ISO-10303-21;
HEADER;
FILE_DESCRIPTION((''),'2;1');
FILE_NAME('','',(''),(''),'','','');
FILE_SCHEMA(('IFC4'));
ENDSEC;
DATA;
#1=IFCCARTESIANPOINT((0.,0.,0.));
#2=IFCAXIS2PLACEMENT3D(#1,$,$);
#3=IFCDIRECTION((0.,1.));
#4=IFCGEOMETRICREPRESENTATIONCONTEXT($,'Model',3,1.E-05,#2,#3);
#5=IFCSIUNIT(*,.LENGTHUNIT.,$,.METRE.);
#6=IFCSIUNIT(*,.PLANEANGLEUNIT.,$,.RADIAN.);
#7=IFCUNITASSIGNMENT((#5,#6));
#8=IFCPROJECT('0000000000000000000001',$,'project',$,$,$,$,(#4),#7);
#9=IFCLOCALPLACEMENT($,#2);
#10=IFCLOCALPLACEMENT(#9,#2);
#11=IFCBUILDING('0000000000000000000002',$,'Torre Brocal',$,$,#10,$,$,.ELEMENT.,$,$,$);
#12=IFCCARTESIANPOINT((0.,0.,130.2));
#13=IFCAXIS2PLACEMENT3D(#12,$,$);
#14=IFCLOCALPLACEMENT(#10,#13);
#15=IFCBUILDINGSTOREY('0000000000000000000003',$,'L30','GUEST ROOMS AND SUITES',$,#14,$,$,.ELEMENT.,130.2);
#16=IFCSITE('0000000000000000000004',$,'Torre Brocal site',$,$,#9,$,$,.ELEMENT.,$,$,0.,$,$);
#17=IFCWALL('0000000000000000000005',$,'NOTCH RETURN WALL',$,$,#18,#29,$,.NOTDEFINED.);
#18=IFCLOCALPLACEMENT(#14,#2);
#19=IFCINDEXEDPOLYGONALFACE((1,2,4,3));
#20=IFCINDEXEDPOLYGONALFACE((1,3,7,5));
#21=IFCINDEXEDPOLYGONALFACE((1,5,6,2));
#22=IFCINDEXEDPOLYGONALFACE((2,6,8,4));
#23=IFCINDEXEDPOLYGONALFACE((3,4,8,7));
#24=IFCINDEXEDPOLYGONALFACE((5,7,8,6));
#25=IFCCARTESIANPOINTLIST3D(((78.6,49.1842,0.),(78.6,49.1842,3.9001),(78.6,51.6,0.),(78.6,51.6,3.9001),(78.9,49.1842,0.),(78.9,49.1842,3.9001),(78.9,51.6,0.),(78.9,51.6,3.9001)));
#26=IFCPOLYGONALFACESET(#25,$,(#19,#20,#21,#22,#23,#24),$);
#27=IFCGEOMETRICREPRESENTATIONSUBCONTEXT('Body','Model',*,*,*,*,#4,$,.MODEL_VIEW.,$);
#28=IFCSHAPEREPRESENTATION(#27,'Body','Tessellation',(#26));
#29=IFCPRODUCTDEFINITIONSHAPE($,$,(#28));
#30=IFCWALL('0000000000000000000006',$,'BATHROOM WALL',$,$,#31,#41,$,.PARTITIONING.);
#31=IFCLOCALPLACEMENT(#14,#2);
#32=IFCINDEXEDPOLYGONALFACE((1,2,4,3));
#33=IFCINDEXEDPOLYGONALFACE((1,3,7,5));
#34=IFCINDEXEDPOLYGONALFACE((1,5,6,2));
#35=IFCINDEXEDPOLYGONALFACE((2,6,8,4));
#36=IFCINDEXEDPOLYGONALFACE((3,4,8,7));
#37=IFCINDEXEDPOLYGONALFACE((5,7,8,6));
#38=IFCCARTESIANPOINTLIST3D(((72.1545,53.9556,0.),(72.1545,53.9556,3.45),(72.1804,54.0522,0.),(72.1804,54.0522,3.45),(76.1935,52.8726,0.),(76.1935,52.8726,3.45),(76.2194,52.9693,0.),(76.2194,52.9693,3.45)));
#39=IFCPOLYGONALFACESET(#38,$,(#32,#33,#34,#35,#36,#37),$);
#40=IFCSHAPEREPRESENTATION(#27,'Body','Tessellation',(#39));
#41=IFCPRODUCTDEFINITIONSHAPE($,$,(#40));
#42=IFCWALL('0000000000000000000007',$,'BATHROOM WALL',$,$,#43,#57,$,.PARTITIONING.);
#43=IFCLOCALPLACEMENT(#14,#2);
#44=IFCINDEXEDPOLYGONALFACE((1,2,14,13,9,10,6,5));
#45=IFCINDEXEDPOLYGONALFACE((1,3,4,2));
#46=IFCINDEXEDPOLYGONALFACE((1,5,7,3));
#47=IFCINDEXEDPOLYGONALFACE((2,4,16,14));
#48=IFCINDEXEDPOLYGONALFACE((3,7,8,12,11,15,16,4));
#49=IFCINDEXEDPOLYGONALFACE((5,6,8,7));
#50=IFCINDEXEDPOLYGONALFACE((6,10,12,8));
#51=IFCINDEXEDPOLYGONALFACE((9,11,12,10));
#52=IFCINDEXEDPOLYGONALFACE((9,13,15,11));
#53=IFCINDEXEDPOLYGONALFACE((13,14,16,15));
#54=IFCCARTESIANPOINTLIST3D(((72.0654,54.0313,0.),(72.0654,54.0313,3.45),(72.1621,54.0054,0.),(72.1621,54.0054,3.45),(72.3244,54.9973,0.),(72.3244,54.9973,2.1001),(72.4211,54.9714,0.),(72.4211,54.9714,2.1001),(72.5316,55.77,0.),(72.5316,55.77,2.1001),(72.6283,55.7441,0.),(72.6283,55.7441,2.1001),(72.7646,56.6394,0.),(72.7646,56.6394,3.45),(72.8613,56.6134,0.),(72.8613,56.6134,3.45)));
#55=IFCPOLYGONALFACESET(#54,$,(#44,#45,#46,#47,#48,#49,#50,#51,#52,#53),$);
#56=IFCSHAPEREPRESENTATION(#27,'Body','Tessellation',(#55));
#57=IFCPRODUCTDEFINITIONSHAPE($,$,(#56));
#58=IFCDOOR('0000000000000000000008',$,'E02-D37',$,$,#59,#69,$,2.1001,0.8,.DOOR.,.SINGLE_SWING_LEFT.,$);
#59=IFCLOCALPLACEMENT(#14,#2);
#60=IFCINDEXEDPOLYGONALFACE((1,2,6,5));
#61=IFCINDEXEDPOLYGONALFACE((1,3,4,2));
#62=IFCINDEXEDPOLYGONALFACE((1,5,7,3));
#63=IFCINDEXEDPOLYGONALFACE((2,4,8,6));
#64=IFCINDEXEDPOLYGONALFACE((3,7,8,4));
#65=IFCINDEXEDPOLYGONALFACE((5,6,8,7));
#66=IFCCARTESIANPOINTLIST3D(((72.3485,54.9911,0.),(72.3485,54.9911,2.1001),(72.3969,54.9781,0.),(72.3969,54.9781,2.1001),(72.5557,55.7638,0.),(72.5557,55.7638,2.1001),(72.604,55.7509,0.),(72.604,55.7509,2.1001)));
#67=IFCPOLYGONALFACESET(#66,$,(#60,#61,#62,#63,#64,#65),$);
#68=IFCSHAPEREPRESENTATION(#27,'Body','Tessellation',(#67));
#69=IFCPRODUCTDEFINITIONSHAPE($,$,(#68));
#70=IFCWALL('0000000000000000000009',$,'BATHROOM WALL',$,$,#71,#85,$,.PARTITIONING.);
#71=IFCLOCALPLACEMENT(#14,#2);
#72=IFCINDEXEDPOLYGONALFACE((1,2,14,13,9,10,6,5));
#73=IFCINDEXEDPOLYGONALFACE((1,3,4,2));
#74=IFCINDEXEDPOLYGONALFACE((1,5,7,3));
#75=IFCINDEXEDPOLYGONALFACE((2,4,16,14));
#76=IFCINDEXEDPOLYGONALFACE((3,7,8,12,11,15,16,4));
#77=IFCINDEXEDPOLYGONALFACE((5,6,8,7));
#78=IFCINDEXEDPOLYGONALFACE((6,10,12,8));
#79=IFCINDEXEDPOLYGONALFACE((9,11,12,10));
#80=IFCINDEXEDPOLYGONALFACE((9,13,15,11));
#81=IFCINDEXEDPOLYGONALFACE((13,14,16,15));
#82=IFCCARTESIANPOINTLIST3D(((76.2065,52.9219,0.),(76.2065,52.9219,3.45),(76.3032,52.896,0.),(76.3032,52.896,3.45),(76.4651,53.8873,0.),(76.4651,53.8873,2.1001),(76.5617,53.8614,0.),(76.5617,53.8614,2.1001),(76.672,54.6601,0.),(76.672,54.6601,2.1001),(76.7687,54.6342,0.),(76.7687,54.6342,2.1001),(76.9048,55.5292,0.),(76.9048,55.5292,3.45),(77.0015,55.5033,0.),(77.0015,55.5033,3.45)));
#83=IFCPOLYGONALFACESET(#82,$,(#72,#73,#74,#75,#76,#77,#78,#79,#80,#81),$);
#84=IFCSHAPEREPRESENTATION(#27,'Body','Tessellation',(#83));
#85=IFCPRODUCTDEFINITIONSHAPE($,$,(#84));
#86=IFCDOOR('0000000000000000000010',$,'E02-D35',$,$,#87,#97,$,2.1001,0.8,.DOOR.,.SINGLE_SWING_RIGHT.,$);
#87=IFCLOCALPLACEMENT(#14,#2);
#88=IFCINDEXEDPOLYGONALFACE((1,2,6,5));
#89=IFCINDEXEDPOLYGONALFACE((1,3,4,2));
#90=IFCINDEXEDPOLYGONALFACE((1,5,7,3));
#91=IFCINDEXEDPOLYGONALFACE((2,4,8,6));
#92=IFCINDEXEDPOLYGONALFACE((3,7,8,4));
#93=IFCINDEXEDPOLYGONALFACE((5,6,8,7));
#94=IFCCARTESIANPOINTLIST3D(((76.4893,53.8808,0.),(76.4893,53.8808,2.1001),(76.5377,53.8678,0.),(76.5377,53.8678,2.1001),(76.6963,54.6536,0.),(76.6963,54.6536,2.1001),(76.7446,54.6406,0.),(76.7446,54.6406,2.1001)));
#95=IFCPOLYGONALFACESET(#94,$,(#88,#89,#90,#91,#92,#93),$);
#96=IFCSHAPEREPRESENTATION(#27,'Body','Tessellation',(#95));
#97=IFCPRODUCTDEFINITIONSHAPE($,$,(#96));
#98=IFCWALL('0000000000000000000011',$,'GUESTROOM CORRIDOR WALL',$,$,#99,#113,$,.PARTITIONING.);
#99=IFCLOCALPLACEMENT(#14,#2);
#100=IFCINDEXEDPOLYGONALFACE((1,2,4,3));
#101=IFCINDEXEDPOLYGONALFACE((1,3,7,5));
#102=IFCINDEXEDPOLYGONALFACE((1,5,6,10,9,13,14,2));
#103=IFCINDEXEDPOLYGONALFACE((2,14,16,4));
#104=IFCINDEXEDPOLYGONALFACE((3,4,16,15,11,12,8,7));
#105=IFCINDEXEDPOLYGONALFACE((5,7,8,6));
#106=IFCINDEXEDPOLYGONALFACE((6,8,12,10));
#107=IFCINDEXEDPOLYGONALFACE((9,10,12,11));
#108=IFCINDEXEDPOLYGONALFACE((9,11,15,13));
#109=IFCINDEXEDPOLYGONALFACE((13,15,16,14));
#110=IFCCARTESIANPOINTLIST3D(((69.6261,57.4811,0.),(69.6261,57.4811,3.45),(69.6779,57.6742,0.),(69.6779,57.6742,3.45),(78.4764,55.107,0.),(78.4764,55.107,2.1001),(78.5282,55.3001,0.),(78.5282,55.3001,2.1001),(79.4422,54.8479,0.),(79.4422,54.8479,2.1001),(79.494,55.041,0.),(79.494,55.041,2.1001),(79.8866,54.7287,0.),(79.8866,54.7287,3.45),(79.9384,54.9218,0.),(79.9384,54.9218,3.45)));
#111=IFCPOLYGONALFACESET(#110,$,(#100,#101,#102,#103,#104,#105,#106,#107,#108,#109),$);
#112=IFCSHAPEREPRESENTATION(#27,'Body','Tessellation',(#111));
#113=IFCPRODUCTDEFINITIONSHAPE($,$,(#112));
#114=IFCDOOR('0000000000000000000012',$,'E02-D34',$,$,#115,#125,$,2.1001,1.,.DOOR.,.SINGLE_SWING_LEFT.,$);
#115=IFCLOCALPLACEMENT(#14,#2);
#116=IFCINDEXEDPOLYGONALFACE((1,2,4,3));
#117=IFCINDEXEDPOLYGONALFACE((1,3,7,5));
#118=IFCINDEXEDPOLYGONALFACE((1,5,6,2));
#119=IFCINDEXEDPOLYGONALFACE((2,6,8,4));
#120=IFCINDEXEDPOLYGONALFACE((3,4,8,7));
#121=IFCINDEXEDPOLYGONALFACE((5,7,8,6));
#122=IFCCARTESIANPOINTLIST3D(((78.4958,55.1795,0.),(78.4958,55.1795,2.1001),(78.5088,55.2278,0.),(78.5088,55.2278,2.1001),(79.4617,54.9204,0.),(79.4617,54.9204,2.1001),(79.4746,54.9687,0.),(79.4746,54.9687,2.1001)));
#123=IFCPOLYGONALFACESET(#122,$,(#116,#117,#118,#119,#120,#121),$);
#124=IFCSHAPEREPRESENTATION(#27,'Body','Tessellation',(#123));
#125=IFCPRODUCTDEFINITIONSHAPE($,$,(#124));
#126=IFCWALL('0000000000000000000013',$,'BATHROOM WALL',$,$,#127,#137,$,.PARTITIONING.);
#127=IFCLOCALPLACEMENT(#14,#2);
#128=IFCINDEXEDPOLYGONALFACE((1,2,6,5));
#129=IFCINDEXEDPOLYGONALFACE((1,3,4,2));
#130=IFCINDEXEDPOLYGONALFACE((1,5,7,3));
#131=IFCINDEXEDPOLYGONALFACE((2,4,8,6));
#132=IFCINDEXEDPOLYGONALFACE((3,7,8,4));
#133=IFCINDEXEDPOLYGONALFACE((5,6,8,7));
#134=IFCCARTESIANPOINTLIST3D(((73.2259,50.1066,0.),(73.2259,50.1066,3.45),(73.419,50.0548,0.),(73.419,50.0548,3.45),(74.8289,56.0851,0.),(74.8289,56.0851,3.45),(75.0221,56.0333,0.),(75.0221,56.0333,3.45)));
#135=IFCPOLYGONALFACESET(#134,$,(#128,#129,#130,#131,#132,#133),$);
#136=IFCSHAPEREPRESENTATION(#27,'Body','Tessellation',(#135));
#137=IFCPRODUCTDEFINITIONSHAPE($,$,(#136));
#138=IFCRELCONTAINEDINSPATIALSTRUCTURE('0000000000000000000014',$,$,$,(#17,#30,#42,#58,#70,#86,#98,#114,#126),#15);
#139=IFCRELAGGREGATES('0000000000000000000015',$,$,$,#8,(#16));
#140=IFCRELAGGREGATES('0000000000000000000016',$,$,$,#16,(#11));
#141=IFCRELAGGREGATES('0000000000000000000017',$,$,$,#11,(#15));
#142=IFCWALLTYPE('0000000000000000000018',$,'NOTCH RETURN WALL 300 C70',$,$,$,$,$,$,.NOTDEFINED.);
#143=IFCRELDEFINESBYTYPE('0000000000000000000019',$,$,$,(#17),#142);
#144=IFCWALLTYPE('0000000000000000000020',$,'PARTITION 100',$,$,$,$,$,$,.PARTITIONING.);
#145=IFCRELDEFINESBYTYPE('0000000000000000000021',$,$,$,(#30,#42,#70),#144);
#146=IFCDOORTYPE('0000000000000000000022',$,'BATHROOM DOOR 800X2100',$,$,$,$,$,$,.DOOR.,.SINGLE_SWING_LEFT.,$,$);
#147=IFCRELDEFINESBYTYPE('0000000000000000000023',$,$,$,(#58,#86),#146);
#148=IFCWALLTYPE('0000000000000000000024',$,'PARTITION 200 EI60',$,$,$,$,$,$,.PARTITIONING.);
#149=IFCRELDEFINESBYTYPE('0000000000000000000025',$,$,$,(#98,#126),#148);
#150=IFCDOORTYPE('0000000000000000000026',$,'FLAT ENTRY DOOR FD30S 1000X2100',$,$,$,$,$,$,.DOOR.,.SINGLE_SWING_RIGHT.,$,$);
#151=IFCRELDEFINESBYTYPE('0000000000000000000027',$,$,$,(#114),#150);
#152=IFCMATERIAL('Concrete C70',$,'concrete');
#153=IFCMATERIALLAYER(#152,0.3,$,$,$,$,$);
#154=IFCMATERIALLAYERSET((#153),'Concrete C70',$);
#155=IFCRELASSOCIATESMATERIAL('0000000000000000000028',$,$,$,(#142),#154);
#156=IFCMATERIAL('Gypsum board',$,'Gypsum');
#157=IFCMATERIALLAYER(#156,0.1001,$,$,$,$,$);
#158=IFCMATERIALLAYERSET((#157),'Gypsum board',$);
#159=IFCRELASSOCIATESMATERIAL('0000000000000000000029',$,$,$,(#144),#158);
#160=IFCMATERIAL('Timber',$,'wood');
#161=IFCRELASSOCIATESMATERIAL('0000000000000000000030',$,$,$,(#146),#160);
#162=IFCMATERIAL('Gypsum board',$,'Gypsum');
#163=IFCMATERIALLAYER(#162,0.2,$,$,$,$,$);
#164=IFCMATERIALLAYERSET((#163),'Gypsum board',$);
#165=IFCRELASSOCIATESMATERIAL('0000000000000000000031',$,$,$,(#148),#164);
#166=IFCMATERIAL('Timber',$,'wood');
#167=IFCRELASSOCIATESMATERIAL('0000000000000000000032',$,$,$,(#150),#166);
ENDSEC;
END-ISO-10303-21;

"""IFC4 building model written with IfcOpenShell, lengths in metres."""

from ifc_helpers import new_model, si_unit, direction, frame, frame_2d, origin, place, context, subcontext, project, spatial, rectangle, extrude, material, layer, layer_set, type_object, element, fill, save


model = new_model("IFC4")

# Units and contexts
model_context = context("Model", 3, precision=1e-05, world=origin(), true_north=direction((0.0, 1.0)))
body_context = subcontext(model_context, "Body", "Model", "MODEL_VIEW")
ifc_project = project(units=[si_unit("LENGTHUNIT", "METRE"), si_unit("PLANEANGLEUNIT", "RADIAN")], contexts=[model_context])

# Site, building, storey
site_placement = place(None, origin())
site = spatial("IfcSite", under=ifc_project, at=site_placement, Name="Torre Brocal site", CompositionType="ELEMENT", RefElevation=0.0)
building_placement = place(site_placement, origin())
building = spatial("IfcBuilding", under=site, at=building_placement, Name="Torre Brocal", CompositionType="ELEMENT")
storey_placement = place(building_placement, frame((0.0, 0.0, 130.2)))
storey = spatial("IfcBuildingStorey", under=building, at=storey_placement, Name="L30", Description="GUEST ROOMS AND SUITES", CompositionType="ELEMENT", Elevation=130.2)

# Walls
ifc_material_1 = material(Name="Concrete C70", Category="concrete")
ifc_layer_1 = layer(ifc_material_1, 0.3)
ifc_layer_set_1 = layer_set([ifc_layer_1], Name="Concrete C70")
wall_type_1 = type_object("IfcWallType", Name="NOTCH RETURN WALL 300 C70", PredefinedType="NOTDEFINED", material=ifc_layer_set_1)
wall_1_placement = place(storey_placement, frame((78.75, 51.6001, 0.0), z_axis=(0.0, 0.0, 1.0), x_axis=(0.0, -1.0, 0.0)))
element("IfcWall", 1, at=wall_1_placement, inside=storey, type_object=wall_type_1, Name="NOTCH RETURN WALL", PredefinedType="NOTDEFINED", context=body_context, shape_type="SweptSolid", body=[
    extrude(rectangle(XDim=2.4158, YDim=0.3, at=frame_2d((1.208, 0.0))), origin(), (0.0, 0.0, 1.0), 3.9001),
])
ifc_material_2 = material(Name="Gypsum board", Category="Gypsum")
ifc_layer_2 = layer(ifc_material_2, 0.1001)
ifc_layer_set_2 = layer_set([ifc_layer_2], Name="Gypsum board")
wall_type_2 = type_object("IfcWallType", Name="PARTITION 100", PredefinedType="PARTITIONING", material=ifc_layer_set_2)
wall_2_placement = place(storey_placement, frame((72.1675, 54.0039, 0.0), z_axis=(0.0, 0.0, 1.0), x_axis=(0.965881, -0.258985, 0.0)))
element("IfcWall", 2, at=wall_2_placement, inside=storey, type_object=wall_type_2, Name="BATHROOM WALL", PredefinedType="PARTITIONING", context=body_context, shape_type="SweptSolid", body=[
    extrude(rectangle(XDim=4.1816, YDim=0.1001, at=frame_2d((2.0908, 0.0))), origin(), (0.0, 0.0, 1.0), 3.45),
])

# Walls, openings, doors
wall_3_placement = place(storey_placement, frame((72.1138, 54.0183, 0.0), z_axis=(0.0, 0.0, 1.0), x_axis=(0.258945, 0.965892, 0.0)))
wall_3 = element("IfcWall", 3, at=wall_3_placement, inside=storey, type_object=wall_type_2, Name="BATHROOM WALL", PredefinedType="PARTITIONING", context=body_context, shape_type="SweptSolid", body=[
    extrude(rectangle(XDim=2.7002, YDim=0.1001, at=frame_2d((1.3501, 0.0))), origin(), (0.0, 0.0, 1.0), 3.45),
])
opening_1_placement = place(wall_3_placement, frame((1.0002, 0.0, 0.0)))
opening_1 = element("IfcOpeningElement", 4, at=opening_1_placement, cuts=wall_3, PredefinedType="OPENING", context=body_context, shape_type="SweptSolid", body=[
    extrude(rectangle(XDim=0.8, YDim=2.1001, at=frame_2d((0.3999, 1.05))), frame((0.0, 0.0601, 0.0), z_axis=(0.0, -1.0, 0.0), x_axis=(1.0, 0.0, 0.0)), (0.0, 0.0, 1.0), 0.1201),
])
ifc_material_3 = material(Name="Timber", Category="wood")
door_type_1 = type_object("IfcDoorType", Name="BATHROOM DOOR 800X2100", OperationType="SINGLE_SWING_LEFT", PredefinedType="DOOR", material=ifc_material_3)
door_1_placement = place(opening_1_placement, frame((0.8, 0.0, 0.0), z_axis=(0.0, 0.0, 1.0), x_axis=(-1.0, 0.0, 0.0)))
door_1 = element("IfcDoor", 5, at=door_1_placement, inside=storey, type_object=door_type_1, Name="E02-D37", OperationType="SINGLE_SWING_LEFT", OverallHeight=2.1001, OverallWidth=0.8, PredefinedType="DOOR", context=body_context, shape_type="SweptSolid", body=[
    extrude(rectangle(XDim=0.8, YDim=2.1001, at=frame_2d((0.3999, 1.05))), frame((0.0, 0.0249, 0.0), z_axis=(0.0, -1.0, 0.0), x_axis=(1.0, 0.0, 0.0)), (0.0, 0.0, 1.0), 0.05),
])
fill(opening_1, door_1)
wall_4_placement = place(storey_placement, frame((76.2549, 52.9089, 0.0), z_axis=(0.0, 0.0, 1.0), x_axis=(0.258676, 0.965964, 0.0)))
wall_4 = element("IfcWall", 6, at=wall_4_placement, inside=storey, type_object=wall_type_2, Name="BATHROOM WALL", PredefinedType="PARTITIONING", context=body_context, shape_type="SweptSolid", body=[
    extrude(rectangle(XDim=2.6992, YDim=0.1001, at=frame_2d((1.3496, 0.0))), origin(), (0.0, 0.0, 1.0), 3.45),
])
opening_2_placement = place(wall_4_placement, frame((0.9995, 0.0, 0.0)))
opening_2 = element("IfcOpeningElement", 7, at=opening_2_placement, cuts=wall_4, PredefinedType="OPENING", context=body_context, shape_type="SweptSolid", body=[
    extrude(rectangle(XDim=0.8, YDim=2.1001, at=frame_2d((0.3999, 1.05))), frame((0.0, 0.0601, 0.0), z_axis=(0.0, -1.0, 0.0), x_axis=(1.0, 0.0, 0.0)), (0.0, 0.0, 1.0), 0.1201),
])
door_2_placement = place(opening_2_placement, origin())
door_2 = element("IfcDoor", 8, at=door_2_placement, inside=storey, type_object=door_type_1, Name="E02-D35", OperationType="SINGLE_SWING_RIGHT", OverallHeight=2.1001, OverallWidth=0.8, PredefinedType="DOOR", context=body_context, shape_type="SweptSolid", body=[
    extrude(rectangle(XDim=0.8, YDim=2.1001, at=frame_2d((0.3999, 1.05))), frame((0.0, 0.0249, 0.0), z_axis=(0.0, -1.0, 0.0), x_axis=(1.0, 0.0, 0.0)), (0.0, 0.0, 1.0), 0.05),
])
fill(opening_2, door_2)
ifc_material_4 = material(Name="Gypsum board", Category="Gypsum")
ifc_layer_3 = layer(ifc_material_4, 0.2)
ifc_layer_set_3 = layer_set([ifc_layer_3], Name="Gypsum board")
wall_type_3 = type_object("IfcWallType", Name="PARTITION 200 EI60", PredefinedType="PARTITIONING", material=ifc_layer_set_3)
wall_5_placement = place(storey_placement, frame((69.6521, 57.5776, 0.0), z_axis=(0.0, 0.0, 1.0), x_axis=(0.965852, -0.259096, 0.0)))
wall_5 = element("IfcWall", 9, at=wall_5_placement, inside=storey, type_object=wall_type_3, Name="GUESTROOM CORRIDOR WALL", PredefinedType="PARTITIONING", context=body_context, shape_type="SweptSolid", body=[
    extrude(rectangle(XDim=10.6233, YDim=0.2, at=frame_2d((5.3115, 0.0))), origin(), (0.0, 0.0, 1.0), 3.45),
])
opening_3_placement = place(wall_5_placement, frame((9.1631, 0.0, 0.0)))
opening_3 = element("IfcOpeningElement", 10, at=opening_3_placement, cuts=wall_5, PredefinedType="OPENING", context=body_context, shape_type="SweptSolid", body=[
    extrude(rectangle(XDim=1.0, YDim=2.1001, at=frame_2d((0.5, 1.05))), frame((0.0, 0.1099, 0.0), z_axis=(0.0, -1.0, 0.0), x_axis=(1.0, 0.0, 0.0)), (0.0, 0.0, 1.0), 0.22),
])
ifc_material_5 = material(Name="Timber", Category="wood")
door_type_2 = type_object("IfcDoorType", Name="FLAT ENTRY DOOR FD30S 1000X2100", OperationType="SINGLE_SWING_RIGHT", PredefinedType="DOOR", material=ifc_material_5)
door_3_placement = place(opening_3_placement, frame((1.0, 0.0, 0.0), z_axis=(0.0, 0.0, 1.0), x_axis=(-1.0, 0.0, 0.0)))
door_3 = element("IfcDoor", 11, at=door_3_placement, inside=storey, type_object=door_type_2, Name="E02-D34", OperationType="SINGLE_SWING_LEFT", OverallHeight=2.1001, OverallWidth=1.0, PredefinedType="DOOR", context=body_context, shape_type="SweptSolid", body=[
    extrude(rectangle(XDim=1.0, YDim=2.1001, at=frame_2d((0.5, 1.05))), frame((0.0, 0.0249, 0.0), z_axis=(0.0, -1.0, 0.0), x_axis=(1.0, 0.0, 0.0)), (0.0, 0.0, 1.0), 0.05),
])
fill(opening_3, door_3)

# Wall
wall_6_placement = place(storey_placement, frame((73.3225, 50.0808, 0.0), z_axis=(0.0, 0.0, 1.0), x_axis=(0.258983, 0.965882, 0.0)))
element("IfcWall", 12, at=wall_6_placement, inside=storey, type_object=wall_type_3, Name="BATHROOM WALL", PredefinedType="PARTITIONING", context=body_context, shape_type="SweptSolid", body=[
    extrude(rectangle(XDim=6.1897, YDim=0.2, at=frame_2d((3.0947, 0.0))), origin(), (0.0, 0.0, 1.0), 3.45),
])

save(model, "model.ifc")
